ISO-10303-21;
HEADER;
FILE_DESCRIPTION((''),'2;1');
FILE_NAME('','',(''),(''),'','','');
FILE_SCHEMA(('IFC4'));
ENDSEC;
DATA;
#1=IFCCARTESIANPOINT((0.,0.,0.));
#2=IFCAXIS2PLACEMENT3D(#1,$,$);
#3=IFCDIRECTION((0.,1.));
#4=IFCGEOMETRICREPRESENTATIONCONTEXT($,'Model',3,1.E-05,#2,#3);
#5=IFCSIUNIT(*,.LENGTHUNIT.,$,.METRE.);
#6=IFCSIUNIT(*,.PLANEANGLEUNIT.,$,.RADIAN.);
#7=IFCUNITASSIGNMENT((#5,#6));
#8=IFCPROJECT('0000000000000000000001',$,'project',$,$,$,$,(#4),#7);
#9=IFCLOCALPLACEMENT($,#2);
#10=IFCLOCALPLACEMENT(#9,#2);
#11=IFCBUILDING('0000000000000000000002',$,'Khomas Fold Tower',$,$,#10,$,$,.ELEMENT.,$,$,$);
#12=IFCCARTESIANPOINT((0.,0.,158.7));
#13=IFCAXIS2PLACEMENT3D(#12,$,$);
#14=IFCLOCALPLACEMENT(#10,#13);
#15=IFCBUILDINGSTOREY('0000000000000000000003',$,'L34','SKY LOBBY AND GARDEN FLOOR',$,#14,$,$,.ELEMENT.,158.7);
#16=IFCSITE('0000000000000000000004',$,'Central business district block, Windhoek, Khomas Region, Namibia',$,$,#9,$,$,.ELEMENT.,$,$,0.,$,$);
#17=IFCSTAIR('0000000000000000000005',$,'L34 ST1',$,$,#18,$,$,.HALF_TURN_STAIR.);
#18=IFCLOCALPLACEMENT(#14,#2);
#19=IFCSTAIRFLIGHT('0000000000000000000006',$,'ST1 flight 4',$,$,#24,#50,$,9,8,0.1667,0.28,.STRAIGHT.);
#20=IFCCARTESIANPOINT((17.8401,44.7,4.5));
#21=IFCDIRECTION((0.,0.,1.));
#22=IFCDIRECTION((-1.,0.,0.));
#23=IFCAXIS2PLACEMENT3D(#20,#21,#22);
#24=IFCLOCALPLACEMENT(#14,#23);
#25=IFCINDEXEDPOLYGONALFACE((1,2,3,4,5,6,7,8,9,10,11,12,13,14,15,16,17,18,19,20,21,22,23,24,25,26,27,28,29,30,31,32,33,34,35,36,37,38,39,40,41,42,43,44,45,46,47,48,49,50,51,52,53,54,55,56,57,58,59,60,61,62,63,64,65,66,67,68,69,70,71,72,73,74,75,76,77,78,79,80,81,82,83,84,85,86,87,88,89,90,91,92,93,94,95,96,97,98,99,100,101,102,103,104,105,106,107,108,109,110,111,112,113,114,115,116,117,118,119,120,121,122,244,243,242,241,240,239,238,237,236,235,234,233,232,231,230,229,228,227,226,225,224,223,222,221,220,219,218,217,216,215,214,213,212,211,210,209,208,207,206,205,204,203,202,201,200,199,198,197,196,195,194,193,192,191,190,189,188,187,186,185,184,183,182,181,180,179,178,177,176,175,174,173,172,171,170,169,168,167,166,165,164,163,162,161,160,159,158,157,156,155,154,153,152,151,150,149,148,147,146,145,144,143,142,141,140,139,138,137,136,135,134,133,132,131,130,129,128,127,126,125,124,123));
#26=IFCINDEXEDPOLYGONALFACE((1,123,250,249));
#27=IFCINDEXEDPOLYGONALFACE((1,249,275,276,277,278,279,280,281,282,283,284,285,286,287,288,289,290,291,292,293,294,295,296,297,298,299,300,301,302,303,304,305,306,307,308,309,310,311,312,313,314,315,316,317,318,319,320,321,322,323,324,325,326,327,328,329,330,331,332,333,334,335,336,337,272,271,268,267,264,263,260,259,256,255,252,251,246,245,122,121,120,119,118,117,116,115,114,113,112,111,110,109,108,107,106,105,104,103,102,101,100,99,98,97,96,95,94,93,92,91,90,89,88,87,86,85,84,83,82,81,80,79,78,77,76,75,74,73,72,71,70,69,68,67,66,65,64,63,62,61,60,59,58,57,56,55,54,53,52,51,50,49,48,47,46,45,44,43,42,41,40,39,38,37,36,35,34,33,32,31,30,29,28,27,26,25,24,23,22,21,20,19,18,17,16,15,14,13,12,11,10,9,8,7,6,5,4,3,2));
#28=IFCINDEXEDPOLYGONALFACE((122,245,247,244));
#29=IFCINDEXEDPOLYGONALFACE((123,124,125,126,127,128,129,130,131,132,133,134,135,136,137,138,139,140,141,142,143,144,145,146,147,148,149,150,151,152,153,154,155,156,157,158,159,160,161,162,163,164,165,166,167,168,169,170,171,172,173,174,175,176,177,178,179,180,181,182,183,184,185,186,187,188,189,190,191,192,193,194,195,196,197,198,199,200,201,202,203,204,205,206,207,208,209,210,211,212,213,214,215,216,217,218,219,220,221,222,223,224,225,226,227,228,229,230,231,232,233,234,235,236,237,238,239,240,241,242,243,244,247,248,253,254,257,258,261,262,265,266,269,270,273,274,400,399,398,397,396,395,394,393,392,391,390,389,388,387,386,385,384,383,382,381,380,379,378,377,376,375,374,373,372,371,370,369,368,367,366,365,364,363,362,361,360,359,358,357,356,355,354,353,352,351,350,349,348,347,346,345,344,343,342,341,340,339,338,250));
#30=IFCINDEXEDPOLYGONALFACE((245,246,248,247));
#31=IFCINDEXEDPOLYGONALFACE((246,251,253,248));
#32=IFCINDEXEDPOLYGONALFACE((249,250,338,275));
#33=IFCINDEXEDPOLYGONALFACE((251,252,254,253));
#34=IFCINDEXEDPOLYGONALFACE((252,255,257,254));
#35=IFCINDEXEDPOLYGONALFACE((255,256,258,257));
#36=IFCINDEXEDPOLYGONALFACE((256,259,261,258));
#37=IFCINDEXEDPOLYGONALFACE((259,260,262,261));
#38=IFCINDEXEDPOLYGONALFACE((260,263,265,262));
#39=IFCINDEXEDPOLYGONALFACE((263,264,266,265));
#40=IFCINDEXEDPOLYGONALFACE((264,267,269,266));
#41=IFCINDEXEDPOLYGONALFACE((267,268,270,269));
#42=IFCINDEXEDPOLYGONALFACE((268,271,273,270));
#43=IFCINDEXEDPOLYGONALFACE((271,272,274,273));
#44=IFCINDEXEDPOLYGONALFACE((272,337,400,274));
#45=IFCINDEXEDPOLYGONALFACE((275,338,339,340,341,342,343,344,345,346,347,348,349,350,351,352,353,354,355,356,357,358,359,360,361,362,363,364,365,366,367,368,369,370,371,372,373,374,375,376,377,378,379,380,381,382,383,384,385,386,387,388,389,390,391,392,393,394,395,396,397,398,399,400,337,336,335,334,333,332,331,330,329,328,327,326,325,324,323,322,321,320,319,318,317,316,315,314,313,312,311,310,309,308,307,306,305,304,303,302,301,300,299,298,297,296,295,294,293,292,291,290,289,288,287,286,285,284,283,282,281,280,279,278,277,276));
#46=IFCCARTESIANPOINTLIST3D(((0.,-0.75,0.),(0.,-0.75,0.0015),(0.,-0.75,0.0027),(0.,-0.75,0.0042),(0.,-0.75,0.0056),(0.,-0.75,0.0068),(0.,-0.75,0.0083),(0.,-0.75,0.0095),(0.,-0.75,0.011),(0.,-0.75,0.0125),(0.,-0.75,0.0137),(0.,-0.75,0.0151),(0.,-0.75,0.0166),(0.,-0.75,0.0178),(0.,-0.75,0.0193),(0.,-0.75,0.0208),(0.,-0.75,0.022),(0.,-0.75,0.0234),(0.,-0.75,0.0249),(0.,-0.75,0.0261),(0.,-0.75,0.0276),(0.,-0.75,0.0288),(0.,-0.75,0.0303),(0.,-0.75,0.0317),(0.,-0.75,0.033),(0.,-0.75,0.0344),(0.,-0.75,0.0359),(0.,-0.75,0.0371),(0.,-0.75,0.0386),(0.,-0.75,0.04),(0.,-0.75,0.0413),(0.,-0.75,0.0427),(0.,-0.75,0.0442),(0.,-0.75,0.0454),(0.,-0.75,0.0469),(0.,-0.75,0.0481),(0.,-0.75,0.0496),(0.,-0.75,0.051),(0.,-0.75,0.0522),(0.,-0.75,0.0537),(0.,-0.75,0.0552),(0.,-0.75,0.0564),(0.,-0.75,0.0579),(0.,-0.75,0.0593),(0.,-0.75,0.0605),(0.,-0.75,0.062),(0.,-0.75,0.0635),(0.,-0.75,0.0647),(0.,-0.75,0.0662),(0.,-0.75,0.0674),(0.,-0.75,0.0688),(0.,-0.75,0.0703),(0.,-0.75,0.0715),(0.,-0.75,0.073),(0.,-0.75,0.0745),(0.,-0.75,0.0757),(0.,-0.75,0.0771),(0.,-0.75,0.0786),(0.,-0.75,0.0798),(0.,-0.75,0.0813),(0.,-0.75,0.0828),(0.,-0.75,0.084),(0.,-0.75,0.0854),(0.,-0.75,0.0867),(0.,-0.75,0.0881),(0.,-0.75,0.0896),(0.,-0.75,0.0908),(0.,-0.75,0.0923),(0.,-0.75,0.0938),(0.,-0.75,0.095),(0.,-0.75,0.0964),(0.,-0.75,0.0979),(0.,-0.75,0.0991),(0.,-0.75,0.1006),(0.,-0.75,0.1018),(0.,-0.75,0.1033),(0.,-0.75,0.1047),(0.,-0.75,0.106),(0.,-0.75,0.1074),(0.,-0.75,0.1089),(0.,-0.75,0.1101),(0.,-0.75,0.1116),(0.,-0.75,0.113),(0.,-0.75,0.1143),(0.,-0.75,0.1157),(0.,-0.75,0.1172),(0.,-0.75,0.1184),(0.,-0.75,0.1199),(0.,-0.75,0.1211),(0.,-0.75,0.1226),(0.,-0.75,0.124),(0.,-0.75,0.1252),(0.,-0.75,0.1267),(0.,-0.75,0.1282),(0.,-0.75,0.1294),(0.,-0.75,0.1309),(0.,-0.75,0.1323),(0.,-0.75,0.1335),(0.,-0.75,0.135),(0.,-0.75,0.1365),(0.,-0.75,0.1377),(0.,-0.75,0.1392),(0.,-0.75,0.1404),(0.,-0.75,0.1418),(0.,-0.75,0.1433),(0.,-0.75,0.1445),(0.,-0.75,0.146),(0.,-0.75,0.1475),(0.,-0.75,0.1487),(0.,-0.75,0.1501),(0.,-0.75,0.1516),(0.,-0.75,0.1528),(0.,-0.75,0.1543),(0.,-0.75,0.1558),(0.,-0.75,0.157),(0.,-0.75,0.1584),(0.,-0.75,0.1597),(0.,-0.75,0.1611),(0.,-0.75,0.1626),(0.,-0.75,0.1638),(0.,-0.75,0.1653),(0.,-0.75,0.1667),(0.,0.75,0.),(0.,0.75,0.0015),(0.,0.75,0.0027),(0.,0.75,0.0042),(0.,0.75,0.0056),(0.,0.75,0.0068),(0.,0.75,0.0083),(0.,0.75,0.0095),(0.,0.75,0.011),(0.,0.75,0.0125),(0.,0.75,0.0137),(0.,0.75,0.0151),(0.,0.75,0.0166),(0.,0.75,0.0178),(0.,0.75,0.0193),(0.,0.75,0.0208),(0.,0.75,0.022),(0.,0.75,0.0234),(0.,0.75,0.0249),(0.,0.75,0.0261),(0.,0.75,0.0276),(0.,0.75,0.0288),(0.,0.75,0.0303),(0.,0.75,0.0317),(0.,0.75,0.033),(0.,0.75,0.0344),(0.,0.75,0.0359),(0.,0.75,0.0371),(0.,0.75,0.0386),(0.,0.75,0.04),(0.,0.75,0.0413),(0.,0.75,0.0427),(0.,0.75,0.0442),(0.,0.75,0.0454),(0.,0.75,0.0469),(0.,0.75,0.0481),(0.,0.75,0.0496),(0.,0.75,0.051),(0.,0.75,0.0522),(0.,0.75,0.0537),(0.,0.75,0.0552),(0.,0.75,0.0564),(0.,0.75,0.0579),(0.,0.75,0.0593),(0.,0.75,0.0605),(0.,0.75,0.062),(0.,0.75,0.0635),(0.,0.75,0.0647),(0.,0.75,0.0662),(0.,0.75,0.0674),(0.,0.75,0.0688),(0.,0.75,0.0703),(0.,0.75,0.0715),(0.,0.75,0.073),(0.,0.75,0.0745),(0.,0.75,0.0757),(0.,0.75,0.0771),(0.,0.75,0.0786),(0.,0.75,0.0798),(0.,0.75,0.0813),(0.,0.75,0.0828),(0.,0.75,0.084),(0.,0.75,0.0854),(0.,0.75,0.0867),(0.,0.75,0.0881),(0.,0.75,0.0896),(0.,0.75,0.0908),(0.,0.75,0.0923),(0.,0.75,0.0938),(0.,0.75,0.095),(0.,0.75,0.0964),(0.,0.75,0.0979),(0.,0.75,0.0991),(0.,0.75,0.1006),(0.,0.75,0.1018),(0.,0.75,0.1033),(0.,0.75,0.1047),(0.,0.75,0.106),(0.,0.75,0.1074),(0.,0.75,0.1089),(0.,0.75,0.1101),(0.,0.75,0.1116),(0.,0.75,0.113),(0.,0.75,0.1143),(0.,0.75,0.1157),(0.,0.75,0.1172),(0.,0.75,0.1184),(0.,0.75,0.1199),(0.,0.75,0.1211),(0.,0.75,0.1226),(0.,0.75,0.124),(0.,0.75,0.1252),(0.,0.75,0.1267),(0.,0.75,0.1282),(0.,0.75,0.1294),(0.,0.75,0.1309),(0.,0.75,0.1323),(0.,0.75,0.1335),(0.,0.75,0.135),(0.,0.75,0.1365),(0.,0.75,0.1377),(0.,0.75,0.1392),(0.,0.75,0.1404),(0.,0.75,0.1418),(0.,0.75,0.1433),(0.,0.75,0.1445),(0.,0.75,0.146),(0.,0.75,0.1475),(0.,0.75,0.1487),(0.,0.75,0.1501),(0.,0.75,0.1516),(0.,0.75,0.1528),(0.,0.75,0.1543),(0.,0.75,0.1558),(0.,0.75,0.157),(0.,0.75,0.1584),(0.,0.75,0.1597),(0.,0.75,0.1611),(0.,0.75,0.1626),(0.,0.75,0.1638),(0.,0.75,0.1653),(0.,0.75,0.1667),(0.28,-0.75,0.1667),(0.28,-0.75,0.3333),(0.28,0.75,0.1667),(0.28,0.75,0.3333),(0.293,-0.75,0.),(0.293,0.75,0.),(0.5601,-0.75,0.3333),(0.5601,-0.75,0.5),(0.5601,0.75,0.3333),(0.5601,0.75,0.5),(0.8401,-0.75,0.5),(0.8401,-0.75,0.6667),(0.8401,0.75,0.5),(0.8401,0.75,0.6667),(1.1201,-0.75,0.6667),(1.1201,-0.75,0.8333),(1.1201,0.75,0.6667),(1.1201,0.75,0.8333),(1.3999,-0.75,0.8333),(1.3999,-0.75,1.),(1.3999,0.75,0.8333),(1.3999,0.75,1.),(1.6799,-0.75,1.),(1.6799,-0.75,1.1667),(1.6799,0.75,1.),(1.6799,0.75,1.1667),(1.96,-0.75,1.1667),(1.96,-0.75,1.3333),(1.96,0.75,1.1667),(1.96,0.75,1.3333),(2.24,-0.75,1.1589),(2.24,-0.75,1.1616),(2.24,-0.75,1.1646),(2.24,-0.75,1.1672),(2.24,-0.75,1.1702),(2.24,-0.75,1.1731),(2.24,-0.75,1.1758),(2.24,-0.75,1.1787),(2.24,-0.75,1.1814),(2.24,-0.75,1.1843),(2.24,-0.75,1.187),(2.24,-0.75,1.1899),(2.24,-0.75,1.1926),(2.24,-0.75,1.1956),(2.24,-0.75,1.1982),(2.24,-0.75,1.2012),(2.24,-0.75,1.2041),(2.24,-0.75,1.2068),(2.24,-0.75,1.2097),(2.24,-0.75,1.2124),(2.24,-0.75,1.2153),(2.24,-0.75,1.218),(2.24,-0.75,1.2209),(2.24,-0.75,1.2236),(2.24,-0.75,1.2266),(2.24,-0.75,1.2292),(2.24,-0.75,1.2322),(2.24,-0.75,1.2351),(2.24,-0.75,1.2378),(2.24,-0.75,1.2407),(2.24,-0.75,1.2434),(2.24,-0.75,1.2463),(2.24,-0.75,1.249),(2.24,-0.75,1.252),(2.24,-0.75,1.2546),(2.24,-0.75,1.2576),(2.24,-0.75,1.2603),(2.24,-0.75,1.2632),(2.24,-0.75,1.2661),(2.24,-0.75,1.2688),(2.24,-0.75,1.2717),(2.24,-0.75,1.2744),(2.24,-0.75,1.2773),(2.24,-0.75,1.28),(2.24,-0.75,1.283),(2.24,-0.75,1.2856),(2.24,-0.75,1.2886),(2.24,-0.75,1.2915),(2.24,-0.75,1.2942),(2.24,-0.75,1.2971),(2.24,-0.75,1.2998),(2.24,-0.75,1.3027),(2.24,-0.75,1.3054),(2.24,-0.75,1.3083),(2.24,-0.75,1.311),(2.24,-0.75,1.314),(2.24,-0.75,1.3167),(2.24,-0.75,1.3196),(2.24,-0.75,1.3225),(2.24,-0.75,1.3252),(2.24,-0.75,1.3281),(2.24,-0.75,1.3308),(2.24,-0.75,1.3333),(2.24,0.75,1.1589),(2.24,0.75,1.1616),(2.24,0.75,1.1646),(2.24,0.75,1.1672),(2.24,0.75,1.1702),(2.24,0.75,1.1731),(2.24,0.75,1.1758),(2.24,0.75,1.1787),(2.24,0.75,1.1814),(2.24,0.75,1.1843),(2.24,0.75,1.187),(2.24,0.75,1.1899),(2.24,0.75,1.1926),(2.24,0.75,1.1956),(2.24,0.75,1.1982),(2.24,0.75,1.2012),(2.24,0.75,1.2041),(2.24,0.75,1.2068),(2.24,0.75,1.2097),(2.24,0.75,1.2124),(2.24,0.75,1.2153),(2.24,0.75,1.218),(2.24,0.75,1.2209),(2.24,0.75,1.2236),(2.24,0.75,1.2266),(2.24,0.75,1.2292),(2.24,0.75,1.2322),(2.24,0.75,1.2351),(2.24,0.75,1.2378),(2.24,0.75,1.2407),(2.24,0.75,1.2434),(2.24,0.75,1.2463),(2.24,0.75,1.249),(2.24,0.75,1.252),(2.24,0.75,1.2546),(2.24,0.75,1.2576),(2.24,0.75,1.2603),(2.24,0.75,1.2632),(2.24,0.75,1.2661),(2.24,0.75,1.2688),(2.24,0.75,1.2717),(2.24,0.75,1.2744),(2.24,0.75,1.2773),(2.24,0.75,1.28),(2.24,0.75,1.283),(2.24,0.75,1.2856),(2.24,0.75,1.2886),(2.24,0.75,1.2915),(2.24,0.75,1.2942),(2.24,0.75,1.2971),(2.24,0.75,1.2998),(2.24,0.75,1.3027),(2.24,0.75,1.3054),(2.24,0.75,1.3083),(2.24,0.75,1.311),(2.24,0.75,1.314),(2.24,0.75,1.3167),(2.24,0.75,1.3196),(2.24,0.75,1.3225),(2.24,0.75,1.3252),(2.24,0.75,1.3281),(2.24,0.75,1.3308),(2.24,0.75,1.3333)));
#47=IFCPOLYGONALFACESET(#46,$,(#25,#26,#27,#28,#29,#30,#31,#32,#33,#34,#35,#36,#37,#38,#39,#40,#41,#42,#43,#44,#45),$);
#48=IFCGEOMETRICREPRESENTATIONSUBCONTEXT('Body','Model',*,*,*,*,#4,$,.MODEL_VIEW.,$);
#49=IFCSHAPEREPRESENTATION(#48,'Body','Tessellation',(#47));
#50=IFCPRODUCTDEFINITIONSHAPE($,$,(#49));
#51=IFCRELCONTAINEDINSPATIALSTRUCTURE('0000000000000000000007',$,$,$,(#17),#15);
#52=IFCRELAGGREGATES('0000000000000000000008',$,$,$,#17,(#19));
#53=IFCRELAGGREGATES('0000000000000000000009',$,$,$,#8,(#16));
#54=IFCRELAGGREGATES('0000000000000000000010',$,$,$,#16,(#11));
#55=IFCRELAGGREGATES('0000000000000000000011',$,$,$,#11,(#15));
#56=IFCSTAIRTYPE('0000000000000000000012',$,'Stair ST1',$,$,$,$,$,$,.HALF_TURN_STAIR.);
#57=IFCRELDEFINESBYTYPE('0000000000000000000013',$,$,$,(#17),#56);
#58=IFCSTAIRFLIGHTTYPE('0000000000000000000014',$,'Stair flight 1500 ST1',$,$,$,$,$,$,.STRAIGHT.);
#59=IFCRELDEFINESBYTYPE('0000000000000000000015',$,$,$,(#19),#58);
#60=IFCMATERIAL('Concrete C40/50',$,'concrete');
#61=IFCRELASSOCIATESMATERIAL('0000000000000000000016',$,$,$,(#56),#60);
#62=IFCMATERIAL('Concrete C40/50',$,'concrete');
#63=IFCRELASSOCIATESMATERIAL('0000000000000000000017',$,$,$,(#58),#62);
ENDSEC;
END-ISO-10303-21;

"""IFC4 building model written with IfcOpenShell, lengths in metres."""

from ifc_helpers import new_model, si_unit, direction, frame, origin, place, context, subcontext, project, spatial, polyline, outline, extrude, source, transform, mapped, material, type_object, element, aggregate, save


model = new_model("IFC4")

# Units and contexts
model_context = context("Model", 3, precision=1e-05, world=origin(), true_north=direction((0.0, 1.0)))
body_context = subcontext(model_context, "Body", "Model", "MODEL_VIEW")
ifc_project = project(units=[si_unit("LENGTHUNIT", "METRE"), si_unit("PLANEANGLEUNIT", "RADIAN")], contexts=[model_context])

# Site, building, storey
site_placement = place(None, origin())
site = spatial("IfcSite", under=ifc_project, at=site_placement, Name="Central business district block, Windhoek, Khomas Region, Namibia", CompositionType="ELEMENT", RefElevation=0.0)
building_placement = place(site_placement, origin())
building = spatial("IfcBuilding", under=site, at=building_placement, Name="Khomas Fold Tower", CompositionType="ELEMENT")
storey_placement = place(building_placement, frame((0.0, 0.0, 158.7)))
storey = spatial("IfcBuildingStorey", under=building, at=storey_placement, Name="L34", Description="SKY LOBBY AND GARDEN FLOOR", CompositionType="ELEMENT", Elevation=158.7)

# Stair, stair flight
ifc_material_1 = material(Name="Concrete C40/50", Category="concrete")
stair_type_1 = type_object("IfcStairType", Name="Stair ST1", PredefinedType="HALF_TURN_STAIR", material=ifc_material_1)
stair_1_placement = place(storey_placement, origin())
stair_1 = element("IfcStair", 1, at=stair_1_placement, inside=storey, type_object=stair_type_1, Name="L34 ST1", PredefinedType="HALF_TURN_STAIR")
ifc_material_2 = material(Name="Concrete C40/50", Category="concrete")
stair_flight_type_1 = type_object("IfcStairFlightType", Name="Stair flight 1500 ST1", PredefinedType="STRAIGHT", material=ifc_material_2)
shared_shape_1 = source(origin(), body_context, "Body", "SweptSolid", [
    extrude(outline(polyline([(0.0, 0.0), (0.0, 0.0015), (0.0, 0.0027), (0.0, 0.0042), (0.0, 0.0056), (0.0, 0.0068), (0.0, 0.0083), (0.0, 0.0095), (0.0, 0.011), (0.0, 0.0125), (0.0, 0.0137), (0.0, 0.0151), (0.0, 0.0166), (0.0, 0.0178), (0.0, 0.0193), (0.0, 0.0208), (0.0, 0.022), (0.0, 0.0234), (0.0, 0.0249), (0.0, 0.0261), (0.0, 0.0276), (0.0, 0.0288), (0.0, 0.0303), (0.0, 0.0317), (0.0, 0.033), (0.0, 0.0344), (0.0, 0.0359), (0.0, 0.0371), (0.0, 0.0386), (0.0, 0.04), (0.0, 0.0413), (0.0, 0.0427), (0.0, 0.0442), (0.0, 0.0454), (0.0, 0.0469), (0.0, 0.0481), (0.0, 0.0496), (0.0, 0.051), (0.0, 0.0522), (0.0, 0.0537), (0.0, 0.0552), (0.0, 0.0564), (0.0, 0.0579), (0.0, 0.0593), (0.0, 0.0605), (0.0, 0.062), (0.0, 0.0635), (0.0, 0.0647), (0.0, 0.0662), (0.0, 0.0674), (0.0, 0.0688), (0.0, 0.0703), (0.0, 0.0715), (0.0, 0.073), (0.0, 0.0745), (0.0, 0.0757), (0.0, 0.0771), (0.0, 0.0786), (0.0, 0.0798), (0.0, 0.0813), (0.0, 0.0828), (0.0, 0.084), (0.0, 0.0854), (0.0, 0.0867), (0.0, 0.0881), (0.0, 0.0896), (0.0, 0.0908), (0.0, 0.0923), (0.0, 0.0938), (0.0, 0.095), (0.0, 0.0964), (0.0, 0.0979), (0.0, 0.0991), (0.0, 0.1006), (0.0, 0.1018), (0.0, 0.1033), (0.0, 0.1047), (0.0, 0.106), (0.0, 0.1074), (0.0, 0.1089), (0.0, 0.1101), (0.0, 0.1116), (0.0, 0.113), (0.0, 0.1143), (0.0, 0.1157), (0.0, 0.1172), (0.0, 0.1184), (0.0, 0.1199), (0.0, 0.1211), (0.0, 0.1226), (0.0, 0.124), (0.0, 0.1252), (0.0, 0.1267), (0.0, 0.1282), (0.0, 0.1294), (0.0, 0.1309), (0.0, 0.1323), (0.0, 0.1335), (0.0, 0.135), (0.0, 0.1365), (0.0, 0.1377), (0.0, 0.1392), (0.0, 0.1404), (0.0, 0.1418), (0.0, 0.1433), (0.0, 0.1445), (0.0, 0.146), (0.0, 0.1475), (0.0, 0.1487), (0.0, 0.1501), (0.0, 0.1516), (0.0, 0.1528), (0.0, 0.1543), (0.0, 0.1558), (0.0, 0.157), (0.0, 0.1584), (0.0, 0.1597), (0.0, 0.1611), (0.0, 0.1626), (0.0, 0.1638), (0.0, 0.1653), (0.0, 0.1667), (0.28, 0.1667), (0.28, 0.3333), (0.5601, 0.3333), (0.5601, 0.5), (0.8401, 0.5), (0.8401, 0.6667), (1.1201, 0.6667), (1.1201, 0.8333), (1.3999, 0.8333), (1.3999, 1.0), (1.6799, 1.0), (1.6799, 1.1667), (1.96, 1.1667), (1.96, 1.3333), (2.24, 1.3333), (2.24, 1.5), (2.24, 1.4971), (2.24, 1.4944), (2.24, 1.4915), (2.24, 1.4888), (2.24, 1.4858), (2.24, 1.4832), (2.24, 1.4802), (2.24, 1.4775), (2.24, 1.4746), (2.24, 1.4719), (2.24, 1.469), (2.24, 1.4661), (2.24, 1.4634), (2.24, 1.4604), (2.24, 1.4578), (2.24, 1.4548), (2.24, 1.4521), (2.24, 1.4492), (2.24, 1.4465), (2.24, 1.4436), (2.24, 1.4409), (2.24, 1.438), (2.24, 1.4351), (2.24, 1.4324), (2.24, 1.4294), (2.24, 1.4268), (2.24, 1.4238), (2.24, 1.4211), (2.24, 1.4182), (2.24, 1.4155), (2.24, 1.4126), (2.24, 1.4097), (2.24, 1.407), (2.24, 1.4041), (2.24, 1.4014), (2.24, 1.3984), (2.24, 1.3958), (2.24, 1.3928), (2.24, 1.3901), (2.24, 1.3872), (2.24, 1.3845), (2.24, 1.3816), (2.24, 1.3787), (2.24, 1.376), (2.24, 1.373), (2.24, 1.3704), (2.24, 1.3674), (2.24, 1.3647), (2.24, 1.3618), (2.24, 1.3591), (2.24, 1.3562), (2.24, 1.3535), (2.24, 1.3506), (2.24, 1.3477), (2.24, 1.345), (2.24, 1.342), (2.24, 1.3394), (2.24, 1.3364), (2.24, 1.3337), (2.24, 1.3308), (2.24, 1.3281), (2.24, 1.3252), (2.24, 1.3225), (2.24, 1.3196), (2.24, 1.3167), (2.24, 1.314), (2.24, 1.311), (2.24, 1.3083), (2.24, 1.3054), (2.24, 1.3027), (2.24, 1.2998), (2.24, 1.2971), (2.24, 1.2942), (2.24, 1.2915), (2.24, 1.2886), (2.24, 1.2856), (2.24, 1.283), (2.24, 1.28), (2.24, 1.2773), (2.24, 1.2744), (2.24, 1.2717), (2.24, 1.2688), (2.24, 1.2661), (2.24, 1.2632), (2.24, 1.2603), (2.24, 1.2576), (2.24, 1.2546), (2.24, 1.252), (2.24, 1.249), (2.24, 1.2463), (2.24, 1.2434), (2.24, 1.2407), (2.24, 1.2378), (2.24, 1.2351), (2.24, 1.2322), (2.24, 1.2292), (2.24, 1.2266), (2.24, 1.2236), (2.24, 1.2209), (2.24, 1.218), (2.24, 1.2153), (2.24, 1.2124), (2.24, 1.2097), (2.24, 1.2068), (2.24, 1.2041), (2.24, 1.2012), (2.24, 1.1982), (2.24, 1.1956), (2.24, 1.1926), (2.24, 1.1899), (2.24, 1.187), (2.24, 1.1843), (2.24, 1.1814), (2.24, 1.1787), (2.24, 1.1758), (2.24, 1.1731), (2.24, 1.1702), (2.24, 1.1672), (2.24, 1.1646), (2.24, 1.1616), (2.24, 1.1589), (0.293, 0.0), (0.0, 0.0)])), frame((0.0, 0.75, 0.0), z_axis=(0.0, -1.0, 0.0), x_axis=(1.0, 0.0, 0.0)), (0.0, 0.0, 1.0), 1.5),
])
stair_flight_1_placement = place(storey_placement, frame((17.8401, 44.7, 4.5), z_axis=(0.0, 0.0, 1.0), x_axis=(-1.0, 0.0, 0.0)))
stair_flight_1 = element("IfcStairFlight", 2, at=stair_flight_1_placement, type_object=stair_flight_type_1, Name="ST1 flight 4", NumberOfRisers=9, NumberOfTreads=8, PredefinedType="STRAIGHT", RiserHeight=0.1667, TreadLength=0.28, context=body_context, shape_type="MappedRepresentation", body=[
    mapped(shared_shape_1, transform((0.0, 0.0, 0.0))),
])
aggregate(stair_1, [stair_flight_1])

save(model, "model.ifc")
